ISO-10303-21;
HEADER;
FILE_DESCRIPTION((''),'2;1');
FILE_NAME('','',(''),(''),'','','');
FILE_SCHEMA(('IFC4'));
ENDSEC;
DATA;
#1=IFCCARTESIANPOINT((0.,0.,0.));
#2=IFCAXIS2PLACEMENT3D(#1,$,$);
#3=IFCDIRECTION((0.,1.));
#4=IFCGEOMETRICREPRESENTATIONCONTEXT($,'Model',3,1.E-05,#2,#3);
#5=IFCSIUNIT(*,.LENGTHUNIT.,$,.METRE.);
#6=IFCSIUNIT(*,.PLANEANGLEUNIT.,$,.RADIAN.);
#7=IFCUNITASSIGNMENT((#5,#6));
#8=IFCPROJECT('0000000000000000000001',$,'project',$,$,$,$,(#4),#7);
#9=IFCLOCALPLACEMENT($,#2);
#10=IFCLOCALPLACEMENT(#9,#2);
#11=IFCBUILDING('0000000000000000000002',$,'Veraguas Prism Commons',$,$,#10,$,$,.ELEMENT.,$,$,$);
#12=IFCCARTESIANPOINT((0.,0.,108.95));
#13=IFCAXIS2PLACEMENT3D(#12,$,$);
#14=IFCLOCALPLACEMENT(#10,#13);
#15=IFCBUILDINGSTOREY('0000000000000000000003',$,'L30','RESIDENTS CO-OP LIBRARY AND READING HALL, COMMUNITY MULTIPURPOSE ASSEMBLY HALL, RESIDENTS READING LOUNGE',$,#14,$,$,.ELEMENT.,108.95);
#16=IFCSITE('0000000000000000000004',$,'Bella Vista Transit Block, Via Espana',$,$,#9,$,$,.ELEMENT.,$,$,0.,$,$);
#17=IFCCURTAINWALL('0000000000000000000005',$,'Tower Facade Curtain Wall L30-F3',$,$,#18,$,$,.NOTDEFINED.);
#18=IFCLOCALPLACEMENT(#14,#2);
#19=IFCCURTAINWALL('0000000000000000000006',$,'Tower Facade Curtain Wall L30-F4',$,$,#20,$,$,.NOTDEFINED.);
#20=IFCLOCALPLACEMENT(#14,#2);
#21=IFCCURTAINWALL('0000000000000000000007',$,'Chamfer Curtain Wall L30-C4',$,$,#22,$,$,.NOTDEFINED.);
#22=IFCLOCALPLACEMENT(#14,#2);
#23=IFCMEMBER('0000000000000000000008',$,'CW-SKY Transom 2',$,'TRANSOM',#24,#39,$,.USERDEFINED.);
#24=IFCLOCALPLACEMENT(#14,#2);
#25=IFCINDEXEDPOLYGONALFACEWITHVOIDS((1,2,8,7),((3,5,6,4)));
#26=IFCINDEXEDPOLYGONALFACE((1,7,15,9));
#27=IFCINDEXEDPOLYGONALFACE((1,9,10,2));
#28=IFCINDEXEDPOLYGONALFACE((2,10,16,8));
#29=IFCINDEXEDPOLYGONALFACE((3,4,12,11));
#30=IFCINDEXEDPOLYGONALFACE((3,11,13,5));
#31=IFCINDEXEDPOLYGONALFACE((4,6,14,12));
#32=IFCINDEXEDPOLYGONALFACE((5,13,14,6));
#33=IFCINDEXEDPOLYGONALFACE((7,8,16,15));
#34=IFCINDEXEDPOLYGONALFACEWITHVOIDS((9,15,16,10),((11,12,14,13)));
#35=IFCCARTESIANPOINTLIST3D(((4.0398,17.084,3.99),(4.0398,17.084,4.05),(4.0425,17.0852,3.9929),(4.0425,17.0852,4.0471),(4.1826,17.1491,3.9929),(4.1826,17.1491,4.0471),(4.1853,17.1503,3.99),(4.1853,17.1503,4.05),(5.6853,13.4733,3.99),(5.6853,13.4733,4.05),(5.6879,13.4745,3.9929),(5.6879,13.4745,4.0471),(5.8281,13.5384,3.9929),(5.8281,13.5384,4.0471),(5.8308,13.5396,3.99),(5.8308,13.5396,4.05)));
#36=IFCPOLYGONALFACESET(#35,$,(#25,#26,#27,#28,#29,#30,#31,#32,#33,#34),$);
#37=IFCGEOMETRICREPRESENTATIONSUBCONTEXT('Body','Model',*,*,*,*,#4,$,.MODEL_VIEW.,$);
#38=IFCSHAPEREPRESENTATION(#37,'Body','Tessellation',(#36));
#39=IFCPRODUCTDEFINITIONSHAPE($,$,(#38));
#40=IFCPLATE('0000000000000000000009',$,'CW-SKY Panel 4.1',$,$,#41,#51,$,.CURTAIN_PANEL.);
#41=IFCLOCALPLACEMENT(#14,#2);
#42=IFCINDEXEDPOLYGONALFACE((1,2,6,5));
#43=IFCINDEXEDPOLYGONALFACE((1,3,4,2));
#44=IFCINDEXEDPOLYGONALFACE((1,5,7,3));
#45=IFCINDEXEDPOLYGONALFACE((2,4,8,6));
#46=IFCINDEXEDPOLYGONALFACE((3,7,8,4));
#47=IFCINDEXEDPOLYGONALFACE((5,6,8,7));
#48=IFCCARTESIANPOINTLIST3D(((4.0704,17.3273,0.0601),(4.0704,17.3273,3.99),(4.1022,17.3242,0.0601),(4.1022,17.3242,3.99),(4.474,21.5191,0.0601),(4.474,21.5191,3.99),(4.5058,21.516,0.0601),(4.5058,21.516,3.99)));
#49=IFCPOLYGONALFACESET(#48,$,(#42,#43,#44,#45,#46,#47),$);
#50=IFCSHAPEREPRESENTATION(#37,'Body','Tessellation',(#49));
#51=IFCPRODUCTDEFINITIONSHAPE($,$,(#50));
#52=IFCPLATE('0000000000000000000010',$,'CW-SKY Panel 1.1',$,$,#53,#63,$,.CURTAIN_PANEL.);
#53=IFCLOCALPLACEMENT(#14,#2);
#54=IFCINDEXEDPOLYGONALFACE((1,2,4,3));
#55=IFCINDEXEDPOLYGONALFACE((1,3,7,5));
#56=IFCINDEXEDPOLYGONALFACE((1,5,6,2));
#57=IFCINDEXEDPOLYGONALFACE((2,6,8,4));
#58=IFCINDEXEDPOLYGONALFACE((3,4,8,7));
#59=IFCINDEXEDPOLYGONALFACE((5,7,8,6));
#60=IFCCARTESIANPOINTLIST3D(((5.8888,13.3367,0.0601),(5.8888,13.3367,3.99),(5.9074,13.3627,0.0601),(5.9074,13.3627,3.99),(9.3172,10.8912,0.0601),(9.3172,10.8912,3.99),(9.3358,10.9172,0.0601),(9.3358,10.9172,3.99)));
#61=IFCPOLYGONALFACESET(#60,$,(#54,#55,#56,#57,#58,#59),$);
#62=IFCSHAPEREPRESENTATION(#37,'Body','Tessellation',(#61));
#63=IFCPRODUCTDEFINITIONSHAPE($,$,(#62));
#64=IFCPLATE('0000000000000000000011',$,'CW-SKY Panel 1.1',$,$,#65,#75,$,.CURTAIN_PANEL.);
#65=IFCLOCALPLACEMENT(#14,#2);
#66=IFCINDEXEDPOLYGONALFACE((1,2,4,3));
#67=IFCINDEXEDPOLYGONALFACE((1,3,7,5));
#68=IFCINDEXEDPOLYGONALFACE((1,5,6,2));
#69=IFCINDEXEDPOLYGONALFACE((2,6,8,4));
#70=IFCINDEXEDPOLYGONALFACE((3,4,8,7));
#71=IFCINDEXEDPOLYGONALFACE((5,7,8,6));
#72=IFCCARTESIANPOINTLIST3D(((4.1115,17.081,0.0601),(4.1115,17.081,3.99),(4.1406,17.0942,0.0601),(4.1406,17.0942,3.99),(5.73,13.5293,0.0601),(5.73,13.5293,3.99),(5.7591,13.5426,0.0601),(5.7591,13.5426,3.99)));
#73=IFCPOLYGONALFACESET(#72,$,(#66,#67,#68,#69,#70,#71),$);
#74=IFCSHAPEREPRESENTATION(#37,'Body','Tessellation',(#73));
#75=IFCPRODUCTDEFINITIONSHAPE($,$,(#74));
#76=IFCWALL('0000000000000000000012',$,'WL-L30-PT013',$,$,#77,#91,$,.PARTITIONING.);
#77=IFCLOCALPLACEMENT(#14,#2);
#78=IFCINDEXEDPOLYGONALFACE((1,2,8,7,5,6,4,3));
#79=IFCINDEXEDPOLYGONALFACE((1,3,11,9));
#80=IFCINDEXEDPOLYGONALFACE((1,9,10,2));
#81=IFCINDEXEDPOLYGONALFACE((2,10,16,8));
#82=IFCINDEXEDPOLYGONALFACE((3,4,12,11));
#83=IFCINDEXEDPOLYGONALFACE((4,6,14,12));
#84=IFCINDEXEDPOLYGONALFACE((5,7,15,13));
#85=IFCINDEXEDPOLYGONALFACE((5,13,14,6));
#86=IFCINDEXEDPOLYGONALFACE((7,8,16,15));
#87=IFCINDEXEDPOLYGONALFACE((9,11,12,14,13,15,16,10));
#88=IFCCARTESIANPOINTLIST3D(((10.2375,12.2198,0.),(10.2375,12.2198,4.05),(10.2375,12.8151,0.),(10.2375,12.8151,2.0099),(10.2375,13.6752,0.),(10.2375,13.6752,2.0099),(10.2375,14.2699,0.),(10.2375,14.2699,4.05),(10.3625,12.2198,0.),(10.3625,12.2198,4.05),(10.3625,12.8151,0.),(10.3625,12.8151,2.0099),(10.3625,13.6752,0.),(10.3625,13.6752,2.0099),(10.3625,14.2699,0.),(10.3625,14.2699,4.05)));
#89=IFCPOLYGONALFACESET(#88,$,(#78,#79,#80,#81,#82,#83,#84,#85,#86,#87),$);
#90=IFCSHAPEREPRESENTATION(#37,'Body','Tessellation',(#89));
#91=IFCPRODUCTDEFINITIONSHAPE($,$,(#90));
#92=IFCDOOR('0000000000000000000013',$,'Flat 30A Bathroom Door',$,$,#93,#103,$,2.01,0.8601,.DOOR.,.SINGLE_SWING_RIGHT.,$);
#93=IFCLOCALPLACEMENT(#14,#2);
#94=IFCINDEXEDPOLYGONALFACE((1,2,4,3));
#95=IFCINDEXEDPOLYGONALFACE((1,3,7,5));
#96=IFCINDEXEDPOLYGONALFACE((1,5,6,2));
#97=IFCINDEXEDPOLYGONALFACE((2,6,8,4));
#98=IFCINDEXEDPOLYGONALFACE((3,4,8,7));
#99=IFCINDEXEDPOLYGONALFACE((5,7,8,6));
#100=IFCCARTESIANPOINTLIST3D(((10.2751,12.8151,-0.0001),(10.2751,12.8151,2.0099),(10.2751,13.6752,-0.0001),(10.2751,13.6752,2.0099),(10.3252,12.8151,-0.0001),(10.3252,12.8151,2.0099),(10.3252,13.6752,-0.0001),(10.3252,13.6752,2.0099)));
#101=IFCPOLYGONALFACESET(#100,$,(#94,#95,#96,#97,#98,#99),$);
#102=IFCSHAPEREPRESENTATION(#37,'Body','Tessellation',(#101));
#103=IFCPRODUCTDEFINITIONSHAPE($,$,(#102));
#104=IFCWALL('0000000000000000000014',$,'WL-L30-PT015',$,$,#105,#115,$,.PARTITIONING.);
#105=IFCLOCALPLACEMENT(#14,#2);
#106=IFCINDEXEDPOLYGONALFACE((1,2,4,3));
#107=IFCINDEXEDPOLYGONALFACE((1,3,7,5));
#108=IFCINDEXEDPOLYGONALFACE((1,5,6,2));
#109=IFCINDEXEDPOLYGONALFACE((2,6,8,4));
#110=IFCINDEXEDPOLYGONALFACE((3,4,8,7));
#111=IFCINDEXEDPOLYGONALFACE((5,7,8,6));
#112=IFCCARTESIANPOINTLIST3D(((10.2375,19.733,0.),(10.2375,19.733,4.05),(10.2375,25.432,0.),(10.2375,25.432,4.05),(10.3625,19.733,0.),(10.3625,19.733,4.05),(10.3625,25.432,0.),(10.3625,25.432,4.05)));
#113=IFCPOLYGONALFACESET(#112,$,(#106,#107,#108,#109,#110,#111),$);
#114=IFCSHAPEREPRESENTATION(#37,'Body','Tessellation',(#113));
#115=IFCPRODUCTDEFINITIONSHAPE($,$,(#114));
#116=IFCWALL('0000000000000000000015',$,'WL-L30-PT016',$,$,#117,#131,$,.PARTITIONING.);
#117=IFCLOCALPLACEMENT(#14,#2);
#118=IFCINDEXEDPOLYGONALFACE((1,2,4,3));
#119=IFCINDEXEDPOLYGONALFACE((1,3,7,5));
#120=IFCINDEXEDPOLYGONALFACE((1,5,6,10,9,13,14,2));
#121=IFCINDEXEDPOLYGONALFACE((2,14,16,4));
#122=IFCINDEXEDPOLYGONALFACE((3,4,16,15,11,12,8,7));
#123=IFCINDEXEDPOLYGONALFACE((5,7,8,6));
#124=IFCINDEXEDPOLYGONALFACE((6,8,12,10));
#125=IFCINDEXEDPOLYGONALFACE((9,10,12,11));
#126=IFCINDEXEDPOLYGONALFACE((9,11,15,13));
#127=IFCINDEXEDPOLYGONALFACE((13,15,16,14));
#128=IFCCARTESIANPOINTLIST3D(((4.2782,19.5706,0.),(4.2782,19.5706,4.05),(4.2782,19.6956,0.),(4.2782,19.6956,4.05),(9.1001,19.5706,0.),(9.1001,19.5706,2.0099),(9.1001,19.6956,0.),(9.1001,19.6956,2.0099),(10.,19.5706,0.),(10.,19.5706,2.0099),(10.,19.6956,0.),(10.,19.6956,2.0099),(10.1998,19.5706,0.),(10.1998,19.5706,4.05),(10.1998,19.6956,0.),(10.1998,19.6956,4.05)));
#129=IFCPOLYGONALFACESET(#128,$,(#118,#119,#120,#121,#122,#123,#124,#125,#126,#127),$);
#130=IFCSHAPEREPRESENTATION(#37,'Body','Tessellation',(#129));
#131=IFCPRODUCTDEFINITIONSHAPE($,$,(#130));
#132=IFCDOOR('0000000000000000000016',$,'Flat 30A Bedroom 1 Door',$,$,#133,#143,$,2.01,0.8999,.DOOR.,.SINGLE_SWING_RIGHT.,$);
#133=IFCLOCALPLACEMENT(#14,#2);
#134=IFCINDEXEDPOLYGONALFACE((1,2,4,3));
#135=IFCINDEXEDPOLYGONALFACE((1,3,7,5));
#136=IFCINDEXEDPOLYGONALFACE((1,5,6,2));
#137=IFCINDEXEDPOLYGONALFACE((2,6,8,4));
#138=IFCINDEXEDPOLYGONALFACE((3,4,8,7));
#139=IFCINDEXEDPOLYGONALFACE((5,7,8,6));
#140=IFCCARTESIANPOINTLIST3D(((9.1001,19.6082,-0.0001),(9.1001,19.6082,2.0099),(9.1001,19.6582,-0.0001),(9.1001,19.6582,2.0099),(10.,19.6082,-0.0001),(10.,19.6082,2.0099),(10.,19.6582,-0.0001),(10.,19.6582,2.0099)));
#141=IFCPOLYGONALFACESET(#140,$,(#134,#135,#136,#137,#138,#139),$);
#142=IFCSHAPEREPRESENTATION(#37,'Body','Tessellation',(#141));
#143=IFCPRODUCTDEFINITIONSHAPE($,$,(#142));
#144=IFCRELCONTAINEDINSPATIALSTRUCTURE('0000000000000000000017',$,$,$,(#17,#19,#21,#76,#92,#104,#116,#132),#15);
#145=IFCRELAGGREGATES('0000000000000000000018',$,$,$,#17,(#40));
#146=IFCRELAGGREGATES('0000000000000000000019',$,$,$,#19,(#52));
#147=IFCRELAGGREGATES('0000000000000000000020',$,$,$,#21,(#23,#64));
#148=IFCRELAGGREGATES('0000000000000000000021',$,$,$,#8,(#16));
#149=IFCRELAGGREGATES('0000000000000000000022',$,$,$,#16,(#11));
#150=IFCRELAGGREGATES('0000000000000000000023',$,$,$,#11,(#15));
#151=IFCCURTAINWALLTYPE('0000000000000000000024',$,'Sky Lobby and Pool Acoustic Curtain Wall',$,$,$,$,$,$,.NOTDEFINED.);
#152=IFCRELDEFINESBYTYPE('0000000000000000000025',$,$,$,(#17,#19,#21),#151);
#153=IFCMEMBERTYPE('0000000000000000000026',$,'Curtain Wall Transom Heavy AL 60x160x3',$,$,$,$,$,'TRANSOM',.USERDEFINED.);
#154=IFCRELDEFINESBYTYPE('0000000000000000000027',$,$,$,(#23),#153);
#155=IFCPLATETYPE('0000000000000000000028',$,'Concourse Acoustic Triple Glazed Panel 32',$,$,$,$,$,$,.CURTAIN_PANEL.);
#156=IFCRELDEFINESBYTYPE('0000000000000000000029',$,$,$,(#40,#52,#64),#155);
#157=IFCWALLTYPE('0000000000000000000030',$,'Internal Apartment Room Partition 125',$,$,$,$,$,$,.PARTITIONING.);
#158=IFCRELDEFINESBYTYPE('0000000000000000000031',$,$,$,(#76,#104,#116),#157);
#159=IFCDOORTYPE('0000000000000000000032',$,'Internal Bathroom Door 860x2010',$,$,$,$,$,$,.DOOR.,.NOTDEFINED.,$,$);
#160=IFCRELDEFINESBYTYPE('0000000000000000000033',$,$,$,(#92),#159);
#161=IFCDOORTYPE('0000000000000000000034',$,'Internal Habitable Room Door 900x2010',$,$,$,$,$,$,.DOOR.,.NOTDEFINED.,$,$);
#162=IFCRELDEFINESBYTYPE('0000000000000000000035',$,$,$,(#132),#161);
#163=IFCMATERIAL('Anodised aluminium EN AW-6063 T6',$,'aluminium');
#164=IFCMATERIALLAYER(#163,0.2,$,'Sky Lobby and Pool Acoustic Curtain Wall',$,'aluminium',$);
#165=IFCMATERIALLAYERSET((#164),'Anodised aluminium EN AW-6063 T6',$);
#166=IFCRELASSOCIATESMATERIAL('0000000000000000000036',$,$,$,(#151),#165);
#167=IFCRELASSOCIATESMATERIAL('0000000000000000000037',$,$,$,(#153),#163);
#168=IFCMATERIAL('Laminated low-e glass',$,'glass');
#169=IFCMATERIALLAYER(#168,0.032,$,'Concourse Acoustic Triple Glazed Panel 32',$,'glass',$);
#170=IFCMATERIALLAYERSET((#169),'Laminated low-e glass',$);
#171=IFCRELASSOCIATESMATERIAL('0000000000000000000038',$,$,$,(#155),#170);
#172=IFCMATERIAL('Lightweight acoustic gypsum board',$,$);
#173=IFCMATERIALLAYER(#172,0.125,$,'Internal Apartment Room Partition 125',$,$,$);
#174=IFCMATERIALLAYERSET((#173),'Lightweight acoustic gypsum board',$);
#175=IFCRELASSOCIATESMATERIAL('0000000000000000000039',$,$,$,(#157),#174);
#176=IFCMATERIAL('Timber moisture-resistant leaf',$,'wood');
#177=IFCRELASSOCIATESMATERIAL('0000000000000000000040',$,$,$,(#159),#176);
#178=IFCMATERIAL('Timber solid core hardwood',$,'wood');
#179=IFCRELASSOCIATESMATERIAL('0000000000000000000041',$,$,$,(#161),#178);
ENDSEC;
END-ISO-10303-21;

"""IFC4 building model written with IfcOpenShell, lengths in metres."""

from ifc_helpers import new_model, si_unit, direction, frame, frame_2d, origin, origin_2d, place, context, subcontext, project, spatial, rectangle, hollow_rectangle, extrude, source, transform, mapped, material, layer, layer_set, material_profile, profile_set, type_object, element, fill, aggregate, save


model = new_model("IFC4")

# Units and contexts
model_context = context("Model", 3, precision=1e-05, world=origin(), true_north=direction((0.0, 1.0)))
body_context = subcontext(model_context, "Body", "Model", "MODEL_VIEW")
ifc_project = project(units=[si_unit("LENGTHUNIT", "METRE"), si_unit("PLANEANGLEUNIT", "RADIAN")], contexts=[model_context])

# Site, building, storey
site_placement = place(None, origin())
site = spatial("IfcSite", under=ifc_project, at=site_placement, Name="Bella Vista Transit Block, Via Espana", CompositionType="ELEMENT", RefElevation=0.0)
building_placement = place(site_placement, origin())
building = spatial("IfcBuilding", under=site, at=building_placement, Name="Veraguas Prism Commons", CompositionType="ELEMENT")
storey_placement = place(building_placement, frame((0.0, 0.0, 108.95)))
storey = spatial("IfcBuildingStorey", under=building, at=storey_placement, Name="L30", Description="RESIDENTS CO-OP LIBRARY AND READING HALL, COMMUNITY MULTIPURPOSE ASSEMBLY HALL, RESIDENTS READING LOUNGE", CompositionType="ELEMENT", Elevation=108.95)

# Curtain walls
ifc_material_1 = material(Name="Anodised aluminium EN AW-6063 T6", Category="aluminium")
ifc_layer_1 = layer(ifc_material_1, 0.2, Name="Sky Lobby and Pool Acoustic Curtain Wall", Category="aluminium")
ifc_layer_set_1 = layer_set([ifc_layer_1], Name="Anodised aluminium EN AW-6063 T6")
curtain_wall_type = type_object("IfcCurtainWallType", Name="Sky Lobby and Pool Acoustic Curtain Wall", PredefinedType="NOTDEFINED", material=ifc_layer_set_1)
curtain_wall_1_placement = place(storey_placement, origin())
curtain_wall_1 = element("IfcCurtainWall", 1, at=curtain_wall_1_placement, inside=storey, type_object=curtain_wall_type, Name="Tower Facade Curtain Wall L30-F3", PredefinedType="NOTDEFINED")
curtain_wall_2_placement = place(storey_placement, origin())
curtain_wall_2 = element("IfcCurtainWall", 2, at=curtain_wall_2_placement, inside=storey, type_object=curtain_wall_type, Name="Tower Facade Curtain Wall L30-F4", PredefinedType="NOTDEFINED")

# Curtain wall
curtain_wall_3_placement = place(storey_placement, origin())
curtain_wall_3 = element("IfcCurtainWall", 3, at=curtain_wall_3_placement, inside=storey, type_object=curtain_wall_type, Name="Chamfer Curtain Wall L30-C4", PredefinedType="NOTDEFINED")

# Member
ifc_material_profile_1 = material_profile(ifc_material_1, hollow_rectangle(XDim=0.0601, YDim=0.1599, WallThickness=0.0029, at=origin_2d()), Name="AL60X160X3")
ifc_profile_set_1 = profile_set([ifc_material_profile_1], Name="Anodised aluminium EN AW-6063 T6")
member_type_1 = type_object("IfcMemberType", Name="Curtain Wall Transom Heavy AL 60x160x3", ElementType="TRANSOM", PredefinedType="USERDEFINED", material=ifc_profile_set_1)
shared_shape_1 = source(origin(), body_context, "Body", "SweptSolid", [
    extrude(hollow_rectangle(XDim=0.0601, YDim=0.1599, WallThickness=0.0029, at=origin_2d()), origin(), (0.0, 0.0, 1.0), 3.968),
])
member_1_placement = place(storey_placement, frame((4.1125, 17.1172, 4.02), z_axis=(0.414683, -0.909966, 0.0), x_axis=(0.0, 0.0, 1.0)))
member_1 = element("IfcMember", 4, at=member_1_placement, type_object=member_type_1, Name="CW-SKY Transom 2", ObjectType="TRANSOM", PredefinedType="USERDEFINED", context=body_context, shape_type="MappedRepresentation", body=[
    mapped(shared_shape_1, transform((0.0, 0.0, 0.0), scale=1.0)),
])

# Plates
ifc_material_2 = material(Name="Laminated low-e glass", Category="glass")
ifc_layer_2 = layer(ifc_material_2, 0.032, Name="Concourse Acoustic Triple Glazed Panel 32", Category="glass")
ifc_layer_set_2 = layer_set([ifc_layer_2], Name="Laminated low-e glass")
plate_type = type_object("IfcPlateType", Name="Concourse Acoustic Triple Glazed Panel 32", PredefinedType="CURTAIN_PANEL", material=ifc_layer_set_2)
shared_shape_2 = source(origin(), body_context, "Body", "SweptSolid", [
    extrude(rectangle(XDim=4.2112, YDim=0.032, at=origin_2d()), origin(), (0.0, 0.0, 1.0), 3.9299),
])
plate_1_placement = place(storey_placement, frame((4.2881, 19.4216, 0.0601), z_axis=(0.0, 0.0, 1.0), x_axis=(-0.095837, -0.995397, 0.0)))
plate_1 = element("IfcPlate", 5, at=plate_1_placement, type_object=plate_type, Name="CW-SKY Panel 4.1", PredefinedType="CURTAIN_PANEL", context=body_context, shape_type="MappedRepresentation", body=[
    mapped(shared_shape_2, transform((0.0, 0.0, 0.0), scale=1.0)),
])
aggregate(curtain_wall_1, [plate_1])
plate_2_placement = place(storey_placement, frame((7.6123, 12.127, 0.0601), z_axis=(0.0, 0.0, 1.0), x_axis=(0.814115, -0.580704, 0.0)))
plate_2 = element("IfcPlate", 6, at=plate_2_placement, type_object=plate_type, Name="CW-SKY Panel 1.1", PredefinedType="CURTAIN_PANEL", context=body_context, shape_type="MappedRepresentation", body=[
    mapped(shared_shape_2, transform((0.0, 0.0, 0.0), scale=1.0)),
])
aggregate(curtain_wall_2, [plate_2])
shared_shape_3 = source(origin(), body_context, "Body", "SweptSolid", [
    extrude(rectangle(XDim=3.9031, YDim=0.032, at=origin_2d()), origin(), (0.0, 0.0, 1.0), 3.9299),
])
plate_3_placement = place(storey_placement, frame((4.9353, 15.3118, 0.0601), z_axis=(0.0, 0.0, 1.0), x_axis=(0.41469, -0.909963, 0.0)))
plate_3 = element("IfcPlate", 7, at=plate_3_placement, type_object=plate_type, Name="CW-SKY Panel 1.1", PredefinedType="CURTAIN_PANEL", context=body_context, shape_type="MappedRepresentation", body=[
    mapped(shared_shape_3, transform((0.0, 0.0, 0.0), scale=1.0)),
])
aggregate(curtain_wall_3, [member_1, plate_3])

# Wall, opening, door
ifc_material_3 = material(Name="Lightweight acoustic gypsum board")
ifc_layer_3 = layer(ifc_material_3, 0.125, Name="Internal Apartment Room Partition 125")
ifc_layer_set_3 = layer_set([ifc_layer_3], Name="Lightweight acoustic gypsum board")
wall_type = type_object("IfcWallType", Name="Internal Apartment Room Partition 125", PredefinedType="PARTITIONING", material=ifc_layer_set_3)
wall_1_placement = place(storey_placement, frame((10.3, 12.22, 0.0), z_axis=(0.0, 0.0, 1.0), x_axis=(0.0, 1.0, 0.0)))
wall_1 = element("IfcWall", 8, at=wall_1_placement, inside=storey, type_object=wall_type, Name="WL-L30-PT013", PredefinedType="PARTITIONING", context=body_context, shape_type="SweptSolid", body=[
    extrude(rectangle(XDim=2.05, YDim=0.125, at=frame_2d((1.0249, 0.0))), origin(), (0.0, 0.0, 1.0), 4.05),
])
opening_1_placement = place(wall_1_placement, frame((0.595, 0.0, 0.0)))
opening_1 = element("IfcOpeningElement", 9, at=opening_1_placement, cuts=wall_1, PredefinedType="OPENING", context=body_context, shape_type="SweptSolid", body=[
    extrude(rectangle(XDim=0.8601, YDim=2.01, at=frame_2d((0.4302, 1.0049))), frame((0.0, 0.0725, 0.0), z_axis=(0.0, -1.0, 0.0), x_axis=(1.0, 0.0, 0.0)), (0.0, 0.0, 1.0), 0.145),
])
ifc_material_4 = material(Name="Timber moisture-resistant leaf", Category="wood")
door_type_1 = type_object("IfcDoorType", Name="Internal Bathroom Door 860x2010", OperationType="NOTDEFINED", PredefinedType="DOOR", material=ifc_material_4)
shared_shape_4 = source(origin(), body_context, "Body", "SweptSolid", [
    extrude(rectangle(XDim=0.8601, YDim=2.01, at=frame_2d((0.4302, 1.0049))), frame((0.0, 0.0249, 0.0), z_axis=(0.0, -1.0, 0.0), x_axis=(1.0, 0.0, 0.0)), (0.0, 0.0, 1.0), 0.05),
])
door_1_placement = place(opening_1_placement, origin())
door_1 = element("IfcDoor", 10, at=door_1_placement, inside=storey, type_object=door_type_1, Name="Flat 30A Bathroom Door", OperationType="SINGLE_SWING_RIGHT", OverallHeight=2.01, OverallWidth=0.8601, PredefinedType="DOOR", context=body_context, shape_type="MappedRepresentation", body=[
    mapped(shared_shape_4, transform((0.0, 0.0, 0.0), scale=1.0)),
])
fill(opening_1, door_1)

# Wall
wall_2_placement = place(storey_placement, frame((10.3, 19.7329, 0.0), z_axis=(0.0, 0.0, 1.0), x_axis=(0.0, 1.0, 0.0)))
element("IfcWall", 11, at=wall_2_placement, inside=storey, type_object=wall_type, Name="WL-L30-PT015", PredefinedType="PARTITIONING", context=body_context, shape_type="SweptSolid", body=[
    extrude(rectangle(XDim=5.699, YDim=0.125, at=frame_2d((2.8496, 0.0))), origin(), (0.0, 0.0, 1.0), 4.05),
])

# Wall, opening, door
wall_3_placement = place(storey_placement, frame((10.2, 19.6331, 0.0), z_axis=(0.0, 0.0, 1.0), x_axis=(-1.0, 0.0, 0.0)))
wall_3 = element("IfcWall", 12, at=wall_3_placement, inside=storey, type_object=wall_type, Name="WL-L30-PT016", PredefinedType="PARTITIONING", context=body_context, shape_type="SweptSolid", body=[
    extrude(rectangle(XDim=5.9216, YDim=0.125, at=frame_2d((2.9609, 0.0))), origin(), (0.0, 0.0, 1.0), 4.05),
])
opening_2_placement = place(wall_3_placement, frame((0.2, 0.0, 0.0)))
opening_2 = element("IfcOpeningElement", 13, at=opening_2_placement, cuts=wall_3, PredefinedType="OPENING", context=body_context, shape_type="SweptSolid", body=[
    extrude(rectangle(XDim=0.8999, YDim=2.01, at=frame_2d((0.45, 1.0049))), frame((0.0, 0.0725, 0.0), z_axis=(0.0, -1.0, 0.0), x_axis=(1.0, 0.0, 0.0)), (0.0, 0.0, 1.0), 0.145),
])
ifc_material_5 = material(Name="Timber solid core hardwood", Category="wood")
door_type_2 = type_object("IfcDoorType", Name="Internal Habitable Room Door 900x2010", OperationType="NOTDEFINED", PredefinedType="DOOR", material=ifc_material_5)
shared_shape_5 = source(origin(), body_context, "Body", "SweptSolid", [
    extrude(rectangle(XDim=0.8999, YDim=2.01, at=frame_2d((0.45, 1.0049))), frame((0.0, 0.0249, 0.0), z_axis=(0.0, -1.0, 0.0), x_axis=(1.0, 0.0, 0.0)), (0.0, 0.0, 1.0), 0.05),
])
door_2_placement = place(opening_2_placement, origin())
door_2 = element("IfcDoor", 14, at=door_2_placement, inside=storey, type_object=door_type_2, Name="Flat 30A Bedroom 1 Door", OperationType="SINGLE_SWING_RIGHT", OverallHeight=2.01, OverallWidth=0.8999, PredefinedType="DOOR", context=body_context, shape_type="MappedRepresentation", body=[
    mapped(shared_shape_5, transform((0.0, 0.0, 0.0), scale=1.0)),
])
fill(opening_2, door_2)

save(model, "model.ifc")
